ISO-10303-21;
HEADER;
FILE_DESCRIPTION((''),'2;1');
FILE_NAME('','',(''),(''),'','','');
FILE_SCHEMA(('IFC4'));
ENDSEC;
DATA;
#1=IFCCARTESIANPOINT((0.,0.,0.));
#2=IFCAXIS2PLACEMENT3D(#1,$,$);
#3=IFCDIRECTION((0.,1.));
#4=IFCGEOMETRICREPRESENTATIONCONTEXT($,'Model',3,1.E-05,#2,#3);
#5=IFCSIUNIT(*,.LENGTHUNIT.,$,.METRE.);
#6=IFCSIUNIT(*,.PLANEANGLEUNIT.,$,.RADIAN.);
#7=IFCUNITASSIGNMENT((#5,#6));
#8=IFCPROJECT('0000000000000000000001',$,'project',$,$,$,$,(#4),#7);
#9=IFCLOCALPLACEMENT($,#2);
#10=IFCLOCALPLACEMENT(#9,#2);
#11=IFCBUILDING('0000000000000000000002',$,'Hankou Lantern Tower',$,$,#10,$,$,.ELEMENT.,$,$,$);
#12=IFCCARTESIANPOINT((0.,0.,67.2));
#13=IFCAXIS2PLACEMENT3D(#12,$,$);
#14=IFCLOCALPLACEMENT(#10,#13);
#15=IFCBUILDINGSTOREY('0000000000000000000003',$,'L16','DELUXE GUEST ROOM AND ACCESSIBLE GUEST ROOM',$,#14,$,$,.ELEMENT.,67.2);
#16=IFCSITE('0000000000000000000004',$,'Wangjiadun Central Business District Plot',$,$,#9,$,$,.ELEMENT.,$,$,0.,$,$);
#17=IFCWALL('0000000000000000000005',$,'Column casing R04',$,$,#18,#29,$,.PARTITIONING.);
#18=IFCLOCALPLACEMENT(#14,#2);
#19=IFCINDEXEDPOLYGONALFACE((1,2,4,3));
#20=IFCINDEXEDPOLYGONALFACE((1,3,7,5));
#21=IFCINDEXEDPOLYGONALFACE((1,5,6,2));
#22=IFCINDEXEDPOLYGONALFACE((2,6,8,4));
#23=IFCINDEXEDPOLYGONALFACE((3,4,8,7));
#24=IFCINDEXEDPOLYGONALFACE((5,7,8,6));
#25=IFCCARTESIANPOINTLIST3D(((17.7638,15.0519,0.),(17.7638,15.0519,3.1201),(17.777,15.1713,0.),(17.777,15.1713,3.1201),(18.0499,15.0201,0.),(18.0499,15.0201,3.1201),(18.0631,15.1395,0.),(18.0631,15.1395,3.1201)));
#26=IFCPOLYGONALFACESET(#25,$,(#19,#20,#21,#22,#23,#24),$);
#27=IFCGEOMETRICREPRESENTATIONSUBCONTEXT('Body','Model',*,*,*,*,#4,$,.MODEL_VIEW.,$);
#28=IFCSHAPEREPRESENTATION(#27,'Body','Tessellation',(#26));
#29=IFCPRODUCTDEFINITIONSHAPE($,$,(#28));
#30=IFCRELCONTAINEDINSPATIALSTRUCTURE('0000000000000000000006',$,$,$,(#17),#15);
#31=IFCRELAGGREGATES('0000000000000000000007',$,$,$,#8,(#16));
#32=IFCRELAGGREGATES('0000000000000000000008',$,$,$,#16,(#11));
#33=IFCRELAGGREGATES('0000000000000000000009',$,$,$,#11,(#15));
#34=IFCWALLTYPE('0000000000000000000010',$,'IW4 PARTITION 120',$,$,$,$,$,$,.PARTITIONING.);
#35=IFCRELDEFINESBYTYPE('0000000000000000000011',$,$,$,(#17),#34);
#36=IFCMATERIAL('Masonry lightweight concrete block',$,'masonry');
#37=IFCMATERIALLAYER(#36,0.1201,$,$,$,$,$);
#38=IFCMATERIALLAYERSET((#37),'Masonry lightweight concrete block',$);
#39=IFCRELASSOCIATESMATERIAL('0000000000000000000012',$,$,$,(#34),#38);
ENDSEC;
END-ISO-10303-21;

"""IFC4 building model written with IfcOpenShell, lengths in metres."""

from ifc_helpers import new_model, si_unit, direction, frame, frame_2d, origin, place, context, subcontext, project, spatial, rectangle, extrude, material, layer, layer_set, type_object, element, save


model = new_model("IFC4")

# Units and contexts
model_context = context("Model", 3, precision=1e-05, world=origin(), true_north=direction((0.0, 1.0)))
body_context = subcontext(model_context, "Body", "Model", "MODEL_VIEW")
ifc_project = project(units=[si_unit("LENGTHUNIT", "METRE"), si_unit("PLANEANGLEUNIT", "RADIAN")], contexts=[model_context])

# Site, building, storey
site_placement = place(None, origin())
site = spatial("IfcSite", under=ifc_project, at=site_placement, Name="Wangjiadun Central Business District Plot", CompositionType="ELEMENT", RefElevation=0.0)
building_placement = place(site_placement, origin())
building = spatial("IfcBuilding", under=site, at=building_placement, Name="Hankou Lantern Tower", CompositionType="ELEMENT")
storey_placement = place(building_placement, frame((0.0, 0.0, 67.2)))
storey = spatial("IfcBuildingStorey", under=building, at=storey_placement, Name="L16", Description="DELUXE GUEST ROOM AND ACCESSIBLE GUEST ROOM", CompositionType="ELEMENT", Elevation=67.2)

# Wall
ifc_material_1 = material(Name="Masonry lightweight concrete block", Category="masonry")
ifc_layer_1 = layer(ifc_material_1, 0.1201)
ifc_layer_set_1 = layer_set([ifc_layer_1], Name="Masonry lightweight concrete block")
wall_type_1 = type_object("IfcWallType", Name="IW4 PARTITION 120", PredefinedType="PARTITIONING", material=ifc_layer_set_1)
wall_1_placement = place(storey_placement, frame((17.7703, 15.1116, 0.0), z_axis=(0.0, 0.0, 1.0), x_axis=(0.993904, -0.110245, 0.0)))
element("IfcWall", 1, at=wall_1_placement, inside=storey, type_object=wall_type_1, Name="Column casing R04", PredefinedType="PARTITIONING", context=body_context, shape_type="SweptSolid", body=[
    extrude(rectangle(XDim=0.2878, YDim=0.1201, at=frame_2d((0.144, 0.0))), origin(), (0.0, 0.0, 1.0), 3.1201),
])

save(model, "model.ifc")
